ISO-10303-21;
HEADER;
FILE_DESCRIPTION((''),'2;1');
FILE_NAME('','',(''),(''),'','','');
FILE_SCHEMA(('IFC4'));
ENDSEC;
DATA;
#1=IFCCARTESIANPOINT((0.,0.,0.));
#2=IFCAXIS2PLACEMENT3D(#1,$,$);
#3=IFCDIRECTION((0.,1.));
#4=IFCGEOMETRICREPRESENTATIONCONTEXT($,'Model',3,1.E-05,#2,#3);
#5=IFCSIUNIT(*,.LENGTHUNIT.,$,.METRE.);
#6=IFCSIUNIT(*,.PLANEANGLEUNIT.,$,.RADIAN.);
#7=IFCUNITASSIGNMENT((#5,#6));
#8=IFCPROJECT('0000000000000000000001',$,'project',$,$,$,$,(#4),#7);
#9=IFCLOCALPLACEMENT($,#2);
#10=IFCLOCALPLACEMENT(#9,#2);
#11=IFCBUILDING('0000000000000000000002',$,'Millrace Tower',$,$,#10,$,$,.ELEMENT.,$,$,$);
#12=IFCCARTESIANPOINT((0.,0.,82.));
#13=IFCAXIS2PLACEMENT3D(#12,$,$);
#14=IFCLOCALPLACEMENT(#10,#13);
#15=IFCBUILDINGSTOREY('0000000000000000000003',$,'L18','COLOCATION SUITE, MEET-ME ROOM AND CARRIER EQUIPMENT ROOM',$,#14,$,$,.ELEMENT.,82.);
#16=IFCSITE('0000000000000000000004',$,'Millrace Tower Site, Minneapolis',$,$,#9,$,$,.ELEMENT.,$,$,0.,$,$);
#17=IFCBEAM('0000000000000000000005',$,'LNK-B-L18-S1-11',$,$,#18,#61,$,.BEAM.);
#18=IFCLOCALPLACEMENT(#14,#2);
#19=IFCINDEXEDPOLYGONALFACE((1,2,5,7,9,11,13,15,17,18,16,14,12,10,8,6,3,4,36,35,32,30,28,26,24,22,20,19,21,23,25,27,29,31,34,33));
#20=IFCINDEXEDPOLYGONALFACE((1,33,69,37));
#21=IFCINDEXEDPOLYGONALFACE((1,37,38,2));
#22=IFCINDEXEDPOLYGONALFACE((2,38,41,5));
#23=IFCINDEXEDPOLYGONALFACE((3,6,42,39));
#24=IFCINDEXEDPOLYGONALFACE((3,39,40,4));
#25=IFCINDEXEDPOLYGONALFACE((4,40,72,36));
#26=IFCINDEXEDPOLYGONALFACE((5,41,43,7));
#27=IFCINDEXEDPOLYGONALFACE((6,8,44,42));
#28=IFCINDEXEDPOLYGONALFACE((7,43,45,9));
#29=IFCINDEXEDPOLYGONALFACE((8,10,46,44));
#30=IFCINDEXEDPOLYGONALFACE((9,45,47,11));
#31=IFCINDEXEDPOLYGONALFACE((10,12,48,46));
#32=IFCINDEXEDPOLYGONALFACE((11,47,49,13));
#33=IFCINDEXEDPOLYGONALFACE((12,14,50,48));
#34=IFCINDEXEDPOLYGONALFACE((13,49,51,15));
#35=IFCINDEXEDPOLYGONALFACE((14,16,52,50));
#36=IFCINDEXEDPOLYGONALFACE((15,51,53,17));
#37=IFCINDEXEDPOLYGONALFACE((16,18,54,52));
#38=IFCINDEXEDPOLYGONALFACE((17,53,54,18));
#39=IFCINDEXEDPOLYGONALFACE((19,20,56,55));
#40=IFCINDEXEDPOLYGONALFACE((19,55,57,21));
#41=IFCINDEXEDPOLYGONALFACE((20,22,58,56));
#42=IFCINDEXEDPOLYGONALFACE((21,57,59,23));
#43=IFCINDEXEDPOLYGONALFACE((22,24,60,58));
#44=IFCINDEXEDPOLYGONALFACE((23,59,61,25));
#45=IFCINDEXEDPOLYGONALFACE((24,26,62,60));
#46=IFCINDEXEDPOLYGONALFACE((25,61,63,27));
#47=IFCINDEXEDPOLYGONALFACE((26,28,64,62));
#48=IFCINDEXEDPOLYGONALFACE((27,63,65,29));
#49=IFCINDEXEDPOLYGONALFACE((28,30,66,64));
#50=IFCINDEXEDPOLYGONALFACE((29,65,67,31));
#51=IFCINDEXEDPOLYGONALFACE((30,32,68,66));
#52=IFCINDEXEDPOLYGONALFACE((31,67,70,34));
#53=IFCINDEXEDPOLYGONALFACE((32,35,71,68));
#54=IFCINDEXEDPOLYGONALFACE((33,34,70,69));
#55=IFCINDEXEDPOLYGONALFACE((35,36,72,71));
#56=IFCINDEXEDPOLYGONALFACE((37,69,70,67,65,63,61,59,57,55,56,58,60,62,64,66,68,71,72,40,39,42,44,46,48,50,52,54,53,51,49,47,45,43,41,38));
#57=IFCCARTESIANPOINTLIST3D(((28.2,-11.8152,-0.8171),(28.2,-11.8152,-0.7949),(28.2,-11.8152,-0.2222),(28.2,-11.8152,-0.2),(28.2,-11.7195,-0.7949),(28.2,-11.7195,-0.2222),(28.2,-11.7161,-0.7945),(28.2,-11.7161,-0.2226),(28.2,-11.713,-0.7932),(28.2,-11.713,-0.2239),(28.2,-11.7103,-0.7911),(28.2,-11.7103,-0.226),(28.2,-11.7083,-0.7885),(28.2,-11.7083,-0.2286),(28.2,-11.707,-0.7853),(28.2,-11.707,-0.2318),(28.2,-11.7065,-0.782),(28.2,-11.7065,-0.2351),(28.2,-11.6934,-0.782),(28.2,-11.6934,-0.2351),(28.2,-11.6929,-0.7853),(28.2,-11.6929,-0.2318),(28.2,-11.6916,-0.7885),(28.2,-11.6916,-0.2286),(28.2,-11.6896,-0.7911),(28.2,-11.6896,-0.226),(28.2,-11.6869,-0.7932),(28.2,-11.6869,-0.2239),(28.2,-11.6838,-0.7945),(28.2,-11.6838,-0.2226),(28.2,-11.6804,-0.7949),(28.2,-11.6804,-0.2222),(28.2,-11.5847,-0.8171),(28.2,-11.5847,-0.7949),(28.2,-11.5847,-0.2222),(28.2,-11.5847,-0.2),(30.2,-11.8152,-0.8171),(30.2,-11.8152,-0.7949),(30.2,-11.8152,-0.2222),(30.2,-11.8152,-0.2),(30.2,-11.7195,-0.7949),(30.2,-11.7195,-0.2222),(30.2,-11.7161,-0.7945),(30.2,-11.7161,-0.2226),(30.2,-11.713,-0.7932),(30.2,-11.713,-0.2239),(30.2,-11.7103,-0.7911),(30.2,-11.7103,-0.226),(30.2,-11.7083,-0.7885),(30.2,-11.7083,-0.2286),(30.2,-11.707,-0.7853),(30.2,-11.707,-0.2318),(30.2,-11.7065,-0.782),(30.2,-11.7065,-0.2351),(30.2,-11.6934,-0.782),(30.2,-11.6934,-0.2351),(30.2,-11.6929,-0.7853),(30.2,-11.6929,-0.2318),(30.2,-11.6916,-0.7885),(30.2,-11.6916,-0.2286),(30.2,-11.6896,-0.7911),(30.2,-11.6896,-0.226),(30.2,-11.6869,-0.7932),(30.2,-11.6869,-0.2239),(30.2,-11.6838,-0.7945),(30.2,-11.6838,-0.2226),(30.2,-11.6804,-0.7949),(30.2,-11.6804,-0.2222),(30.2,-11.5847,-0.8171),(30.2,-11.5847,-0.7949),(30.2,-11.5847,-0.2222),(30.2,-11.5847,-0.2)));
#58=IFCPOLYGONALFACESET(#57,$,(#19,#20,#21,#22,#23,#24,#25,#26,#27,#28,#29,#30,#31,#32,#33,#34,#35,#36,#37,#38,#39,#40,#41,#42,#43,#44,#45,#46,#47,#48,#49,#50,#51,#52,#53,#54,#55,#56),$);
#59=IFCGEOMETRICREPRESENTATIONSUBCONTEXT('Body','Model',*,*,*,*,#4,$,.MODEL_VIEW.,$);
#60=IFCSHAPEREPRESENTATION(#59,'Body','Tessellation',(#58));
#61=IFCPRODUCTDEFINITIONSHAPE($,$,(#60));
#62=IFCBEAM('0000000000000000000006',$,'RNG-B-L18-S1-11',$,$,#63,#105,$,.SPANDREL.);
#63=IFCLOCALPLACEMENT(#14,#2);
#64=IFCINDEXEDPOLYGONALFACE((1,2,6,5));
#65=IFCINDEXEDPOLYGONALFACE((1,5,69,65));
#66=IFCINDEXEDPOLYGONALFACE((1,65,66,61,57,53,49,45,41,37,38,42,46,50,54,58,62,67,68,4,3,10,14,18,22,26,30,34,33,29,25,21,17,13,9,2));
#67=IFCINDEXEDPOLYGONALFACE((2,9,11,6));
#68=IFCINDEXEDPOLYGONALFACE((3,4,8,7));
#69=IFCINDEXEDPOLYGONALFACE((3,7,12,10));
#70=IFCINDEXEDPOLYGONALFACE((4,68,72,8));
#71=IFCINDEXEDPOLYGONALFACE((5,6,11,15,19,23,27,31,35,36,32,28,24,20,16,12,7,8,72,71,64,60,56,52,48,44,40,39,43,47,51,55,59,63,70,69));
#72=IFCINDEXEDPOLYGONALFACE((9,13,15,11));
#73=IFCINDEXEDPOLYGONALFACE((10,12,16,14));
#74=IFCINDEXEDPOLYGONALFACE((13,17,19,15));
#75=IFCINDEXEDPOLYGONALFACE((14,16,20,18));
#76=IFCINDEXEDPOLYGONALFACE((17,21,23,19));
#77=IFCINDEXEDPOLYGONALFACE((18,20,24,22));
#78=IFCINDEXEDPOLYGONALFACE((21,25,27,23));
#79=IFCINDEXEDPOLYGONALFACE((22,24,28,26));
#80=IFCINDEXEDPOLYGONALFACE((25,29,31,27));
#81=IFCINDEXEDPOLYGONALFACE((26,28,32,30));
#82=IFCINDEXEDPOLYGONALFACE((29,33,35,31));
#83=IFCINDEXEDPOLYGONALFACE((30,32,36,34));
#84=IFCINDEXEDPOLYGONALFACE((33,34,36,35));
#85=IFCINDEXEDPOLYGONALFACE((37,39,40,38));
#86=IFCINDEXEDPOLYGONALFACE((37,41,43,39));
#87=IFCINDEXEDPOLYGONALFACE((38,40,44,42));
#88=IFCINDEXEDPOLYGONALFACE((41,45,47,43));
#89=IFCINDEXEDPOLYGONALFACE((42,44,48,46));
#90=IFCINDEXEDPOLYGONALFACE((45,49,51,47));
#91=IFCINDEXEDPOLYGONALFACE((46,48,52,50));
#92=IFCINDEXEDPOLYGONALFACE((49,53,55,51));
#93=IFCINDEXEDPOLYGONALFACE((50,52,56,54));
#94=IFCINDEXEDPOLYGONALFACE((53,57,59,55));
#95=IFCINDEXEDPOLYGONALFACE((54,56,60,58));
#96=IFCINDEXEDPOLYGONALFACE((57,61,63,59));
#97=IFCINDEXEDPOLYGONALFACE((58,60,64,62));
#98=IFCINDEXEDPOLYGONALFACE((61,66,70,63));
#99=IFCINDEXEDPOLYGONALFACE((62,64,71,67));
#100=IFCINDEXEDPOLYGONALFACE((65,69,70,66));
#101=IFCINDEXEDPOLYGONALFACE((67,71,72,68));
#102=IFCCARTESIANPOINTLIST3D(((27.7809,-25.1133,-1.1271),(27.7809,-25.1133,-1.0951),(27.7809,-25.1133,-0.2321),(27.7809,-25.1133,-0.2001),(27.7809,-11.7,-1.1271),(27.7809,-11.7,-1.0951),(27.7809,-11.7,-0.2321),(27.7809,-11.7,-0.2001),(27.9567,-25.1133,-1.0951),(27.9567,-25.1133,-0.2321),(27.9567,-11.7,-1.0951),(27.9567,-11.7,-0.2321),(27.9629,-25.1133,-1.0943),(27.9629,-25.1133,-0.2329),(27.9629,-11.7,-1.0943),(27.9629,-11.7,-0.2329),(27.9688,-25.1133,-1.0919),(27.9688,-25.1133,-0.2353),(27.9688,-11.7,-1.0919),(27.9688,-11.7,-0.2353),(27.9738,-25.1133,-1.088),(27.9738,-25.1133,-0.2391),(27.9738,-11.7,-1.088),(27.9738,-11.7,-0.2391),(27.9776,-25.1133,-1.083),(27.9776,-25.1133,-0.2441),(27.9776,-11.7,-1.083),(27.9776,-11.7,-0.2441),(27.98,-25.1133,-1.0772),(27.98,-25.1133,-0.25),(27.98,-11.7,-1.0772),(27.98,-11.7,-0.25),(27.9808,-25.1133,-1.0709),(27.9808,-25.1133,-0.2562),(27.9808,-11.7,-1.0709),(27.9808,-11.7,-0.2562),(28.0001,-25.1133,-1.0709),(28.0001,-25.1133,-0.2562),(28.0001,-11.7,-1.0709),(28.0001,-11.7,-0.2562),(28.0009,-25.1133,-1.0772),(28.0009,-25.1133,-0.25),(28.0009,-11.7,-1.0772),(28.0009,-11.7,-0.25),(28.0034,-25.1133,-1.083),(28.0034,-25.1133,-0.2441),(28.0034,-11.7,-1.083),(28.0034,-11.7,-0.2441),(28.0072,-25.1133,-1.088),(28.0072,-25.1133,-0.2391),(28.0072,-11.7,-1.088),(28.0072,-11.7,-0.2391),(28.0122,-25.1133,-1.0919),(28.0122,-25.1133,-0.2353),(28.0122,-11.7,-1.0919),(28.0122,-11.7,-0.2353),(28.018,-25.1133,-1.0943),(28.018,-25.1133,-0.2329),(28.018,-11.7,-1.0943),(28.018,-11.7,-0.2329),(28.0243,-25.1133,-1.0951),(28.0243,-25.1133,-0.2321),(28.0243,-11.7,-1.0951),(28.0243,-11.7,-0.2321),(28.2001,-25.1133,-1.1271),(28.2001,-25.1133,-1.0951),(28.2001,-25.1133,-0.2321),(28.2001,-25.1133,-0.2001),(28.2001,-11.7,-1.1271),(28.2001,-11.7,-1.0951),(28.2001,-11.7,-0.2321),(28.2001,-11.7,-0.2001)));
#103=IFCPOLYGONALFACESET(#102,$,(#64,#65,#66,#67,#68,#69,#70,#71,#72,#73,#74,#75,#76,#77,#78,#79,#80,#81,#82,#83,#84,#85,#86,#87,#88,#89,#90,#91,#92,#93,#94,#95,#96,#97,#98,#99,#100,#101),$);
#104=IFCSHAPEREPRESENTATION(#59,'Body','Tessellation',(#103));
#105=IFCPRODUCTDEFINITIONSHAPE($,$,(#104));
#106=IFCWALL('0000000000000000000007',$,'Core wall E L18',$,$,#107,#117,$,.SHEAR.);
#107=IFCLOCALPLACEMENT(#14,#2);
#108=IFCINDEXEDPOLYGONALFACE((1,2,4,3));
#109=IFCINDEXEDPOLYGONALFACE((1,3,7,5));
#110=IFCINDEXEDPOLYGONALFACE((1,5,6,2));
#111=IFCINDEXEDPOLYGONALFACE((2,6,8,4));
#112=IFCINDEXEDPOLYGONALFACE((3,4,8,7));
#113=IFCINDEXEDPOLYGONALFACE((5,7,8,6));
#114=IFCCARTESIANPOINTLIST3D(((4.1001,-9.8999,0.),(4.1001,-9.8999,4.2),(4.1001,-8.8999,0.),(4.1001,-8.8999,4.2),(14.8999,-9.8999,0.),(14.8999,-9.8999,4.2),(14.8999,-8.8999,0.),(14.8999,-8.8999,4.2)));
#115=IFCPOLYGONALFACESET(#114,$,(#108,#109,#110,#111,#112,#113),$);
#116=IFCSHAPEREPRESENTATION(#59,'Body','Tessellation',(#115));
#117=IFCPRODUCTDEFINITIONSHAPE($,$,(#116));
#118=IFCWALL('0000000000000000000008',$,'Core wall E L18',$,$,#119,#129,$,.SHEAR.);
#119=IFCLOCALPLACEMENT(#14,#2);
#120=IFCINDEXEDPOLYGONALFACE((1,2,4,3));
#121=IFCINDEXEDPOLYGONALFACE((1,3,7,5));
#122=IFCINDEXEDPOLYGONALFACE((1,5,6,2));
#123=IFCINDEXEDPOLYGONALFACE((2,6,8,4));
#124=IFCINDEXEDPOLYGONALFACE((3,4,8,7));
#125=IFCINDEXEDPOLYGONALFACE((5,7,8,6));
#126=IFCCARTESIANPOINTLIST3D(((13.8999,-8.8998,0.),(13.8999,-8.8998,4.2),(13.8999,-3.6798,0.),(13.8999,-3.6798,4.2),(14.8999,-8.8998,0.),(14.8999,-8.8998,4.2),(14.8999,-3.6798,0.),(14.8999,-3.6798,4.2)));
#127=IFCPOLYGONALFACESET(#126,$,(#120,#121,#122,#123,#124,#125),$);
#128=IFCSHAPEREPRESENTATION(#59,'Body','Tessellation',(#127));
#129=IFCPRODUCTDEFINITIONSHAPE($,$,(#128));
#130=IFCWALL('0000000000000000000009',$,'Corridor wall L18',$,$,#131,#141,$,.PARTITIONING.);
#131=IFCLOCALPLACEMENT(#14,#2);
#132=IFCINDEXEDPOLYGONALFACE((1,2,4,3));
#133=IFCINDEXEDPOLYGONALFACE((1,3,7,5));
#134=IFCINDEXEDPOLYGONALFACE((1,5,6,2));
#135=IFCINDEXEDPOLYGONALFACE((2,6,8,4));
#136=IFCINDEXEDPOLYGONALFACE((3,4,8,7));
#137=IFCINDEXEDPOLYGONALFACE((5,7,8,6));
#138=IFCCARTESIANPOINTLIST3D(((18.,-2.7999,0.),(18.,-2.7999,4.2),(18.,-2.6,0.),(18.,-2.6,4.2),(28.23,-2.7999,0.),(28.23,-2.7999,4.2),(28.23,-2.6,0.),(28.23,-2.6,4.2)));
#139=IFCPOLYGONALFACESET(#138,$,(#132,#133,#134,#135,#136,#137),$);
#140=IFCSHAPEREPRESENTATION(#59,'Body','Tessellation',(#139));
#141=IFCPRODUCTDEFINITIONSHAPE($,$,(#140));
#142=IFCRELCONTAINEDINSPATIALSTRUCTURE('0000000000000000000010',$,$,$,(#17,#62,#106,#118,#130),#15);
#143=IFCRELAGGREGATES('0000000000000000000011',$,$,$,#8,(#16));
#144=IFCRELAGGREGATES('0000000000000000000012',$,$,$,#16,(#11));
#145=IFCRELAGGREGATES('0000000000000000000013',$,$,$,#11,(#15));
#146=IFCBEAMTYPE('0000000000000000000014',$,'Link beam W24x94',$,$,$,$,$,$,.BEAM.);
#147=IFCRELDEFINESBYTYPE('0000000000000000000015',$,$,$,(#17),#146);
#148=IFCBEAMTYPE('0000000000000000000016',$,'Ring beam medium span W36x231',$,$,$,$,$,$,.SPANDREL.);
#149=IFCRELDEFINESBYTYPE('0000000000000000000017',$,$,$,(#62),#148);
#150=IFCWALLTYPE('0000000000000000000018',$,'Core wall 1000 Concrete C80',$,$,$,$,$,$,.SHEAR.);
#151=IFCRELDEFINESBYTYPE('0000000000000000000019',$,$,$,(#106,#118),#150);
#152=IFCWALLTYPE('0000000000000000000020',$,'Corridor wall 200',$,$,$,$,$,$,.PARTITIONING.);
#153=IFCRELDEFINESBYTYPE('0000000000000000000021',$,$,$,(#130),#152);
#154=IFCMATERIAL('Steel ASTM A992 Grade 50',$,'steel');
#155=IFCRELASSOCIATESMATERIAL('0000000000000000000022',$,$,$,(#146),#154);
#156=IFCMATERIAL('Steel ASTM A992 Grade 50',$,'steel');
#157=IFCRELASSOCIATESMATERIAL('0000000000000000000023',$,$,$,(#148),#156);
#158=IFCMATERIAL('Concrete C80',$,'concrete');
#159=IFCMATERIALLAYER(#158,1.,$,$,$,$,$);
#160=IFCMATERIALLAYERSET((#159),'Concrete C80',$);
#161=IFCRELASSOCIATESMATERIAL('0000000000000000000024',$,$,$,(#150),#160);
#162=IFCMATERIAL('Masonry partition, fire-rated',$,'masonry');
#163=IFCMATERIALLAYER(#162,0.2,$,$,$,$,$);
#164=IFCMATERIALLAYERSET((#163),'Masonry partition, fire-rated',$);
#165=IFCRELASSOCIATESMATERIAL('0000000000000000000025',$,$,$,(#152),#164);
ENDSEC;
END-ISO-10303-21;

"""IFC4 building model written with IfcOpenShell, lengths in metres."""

from ifc_helpers import new_model, si_unit, direction, frame, frame_2d, origin, origin_2d, place, context, subcontext, project, spatial, rectangle, i_section, extrude, material, layer, layer_set, material_profile, profile_set, type_object, element, save


model = new_model("IFC4")

# Units and contexts
model_context = context("Model", 3, precision=1e-05, world=origin(), true_north=direction((0.0, 1.0)))
body_context = subcontext(model_context, "Body", "Model", "MODEL_VIEW")
ifc_project = project(units=[si_unit("LENGTHUNIT", "METRE"), si_unit("PLANEANGLEUNIT", "RADIAN")], contexts=[model_context])

# Site, building, storey
site_placement = place(None, origin())
site = spatial("IfcSite", under=ifc_project, at=site_placement, Name="Millrace Tower Site, Minneapolis", CompositionType="ELEMENT", RefElevation=0.0)
building_placement = place(site_placement, origin())
building = spatial("IfcBuilding", under=site, at=building_placement, Name="Millrace Tower", CompositionType="ELEMENT")
storey_placement = place(building_placement, frame((0.0, 0.0, 82.0)))
storey = spatial("IfcBuildingStorey", under=building, at=storey_placement, Name="L18", Description="COLOCATION SUITE, MEET-ME ROOM AND CARRIER EQUIPMENT ROOM", CompositionType="ELEMENT", Elevation=82.0)

# Beams
ifc_material_1 = material(Name="Steel ASTM A992 Grade 50", Category="steel")
ifc_material_profile_1 = material_profile(ifc_material_1, i_section(OverallWidth=0.2305, OverallDepth=0.6172, WebThickness=0.0132, FlangeThickness=0.0222, FilletRadius=0.0129, at=origin_2d()))
ifc_profile_set_1 = profile_set([ifc_material_profile_1], Name="Steel ASTM A992 Grade 50")
beam_type_1 = type_object("IfcBeamType", Name="Link beam W24x94", PredefinedType="BEAM", material=ifc_profile_set_1)
beam_1_placement = place(storey_placement, frame((28.2, -11.7, -0.5085), z_axis=(1.0, 0.0, 0.0), x_axis=(0.0, 1.0, 0.0)))
element("IfcBeam", 1, at=beam_1_placement, inside=storey, type_object=beam_type_1, Name="LNK-B-L18-S1-11", PredefinedType="BEAM", context=body_context, shape_type="SweptSolid", body=[
    extrude(i_section(OverallWidth=0.2305, OverallDepth=0.6172, WebThickness=0.0132, FlangeThickness=0.0222, FilletRadius=0.0129, at=origin_2d()), origin(), (0.0, 0.0, 1.0), 2.0),
])
ifc_material_2 = material(Name="Steel ASTM A992 Grade 50", Category="steel")
ifc_material_profile_2 = material_profile(ifc_material_2, i_section(OverallWidth=0.4192, OverallDepth=0.927, WebThickness=0.0193, FlangeThickness=0.032, FilletRadius=0.0242, at=origin_2d()))
ifc_profile_set_2 = profile_set([ifc_material_profile_2], Name="Steel ASTM A992 Grade 50")
beam_type_2 = type_object("IfcBeamType", Name="Ring beam medium span W36x231", PredefinedType="SPANDREL", material=ifc_profile_set_2)
beam_2_placement = place(storey_placement, frame((27.9905, -11.7, -0.6636), z_axis=(0.0, -1.0, 0.0), x_axis=(1.0, 0.0, 0.0)))
element("IfcBeam", 2, at=beam_2_placement, inside=storey, type_object=beam_type_2, Name="RNG-B-L18-S1-11", PredefinedType="SPANDREL", context=body_context, shape_type="SweptSolid", body=[
    extrude(i_section(OverallWidth=0.4192, OverallDepth=0.927, WebThickness=0.0193, FlangeThickness=0.032, FilletRadius=0.0242, at=origin_2d()), origin(), (0.0, 0.0, 1.0), 13.4133),
])

# Walls
ifc_material_3 = material(Name="Concrete C80", Category="concrete")
ifc_layer_1 = layer(ifc_material_3, 1.0)
ifc_layer_set_1 = layer_set([ifc_layer_1], Name="Concrete C80")
wall_type_1 = type_object("IfcWallType", Name="Core wall 1000 Concrete C80", PredefinedType="SHEAR", material=ifc_layer_set_1)
wall_1_placement = place(storey_placement, frame((14.8999, -9.3999, 0.0), z_axis=(0.0, 0.0, 1.0), x_axis=(-1.0, 0.0, 0.0)))
element("IfcWall", 3, at=wall_1_placement, inside=storey, type_object=wall_type_1, Name="Core wall E L18", PredefinedType="SHEAR", context=body_context, shape_type="SweptSolid", body=[
    extrude(rectangle(XDim=10.7998, YDim=1.0, at=frame_2d((5.3999, 0.0))), origin(), (0.0, 0.0, 1.0), 4.2),
])
wall_2_placement = place(storey_placement, frame((14.3999, -3.6799, 0.0), z_axis=(0.0, 0.0, 1.0), x_axis=(0.0, -1.0, 0.0)))
element("IfcWall", 4, at=wall_2_placement, inside=storey, type_object=wall_type_1, Name="Core wall E L18", PredefinedType="SHEAR", context=body_context, shape_type="SweptSolid", body=[
    extrude(rectangle(XDim=5.22, YDim=1.0, at=frame_2d((2.6099, 0.0))), origin(), (0.0, 0.0, 1.0), 4.2),
])
ifc_material_4 = material(Name="Masonry partition, fire-rated", Category="masonry")
ifc_layer_2 = layer(ifc_material_4, 0.2)
ifc_layer_set_2 = layer_set([ifc_layer_2], Name="Masonry partition, fire-rated")
wall_type_2 = type_object("IfcWallType", Name="Corridor wall 200", PredefinedType="PARTITIONING", material=ifc_layer_set_2)
wall_3_placement = place(storey_placement, frame((18.0, -2.7, 0.0), z_axis=(0.0, 0.0, 1.0), x_axis=(1.0, 0.0, 0.0)))
element("IfcWall", 5, at=wall_3_placement, inside=storey, type_object=wall_type_2, Name="Corridor wall L18", PredefinedType="PARTITIONING", context=body_context, shape_type="SweptSolid", body=[
    extrude(rectangle(XDim=10.23, YDim=0.2, at=frame_2d((5.115, 0.0))), origin(), (0.0, 0.0, 1.0), 4.2),
])

save(model, "model.ifc")
